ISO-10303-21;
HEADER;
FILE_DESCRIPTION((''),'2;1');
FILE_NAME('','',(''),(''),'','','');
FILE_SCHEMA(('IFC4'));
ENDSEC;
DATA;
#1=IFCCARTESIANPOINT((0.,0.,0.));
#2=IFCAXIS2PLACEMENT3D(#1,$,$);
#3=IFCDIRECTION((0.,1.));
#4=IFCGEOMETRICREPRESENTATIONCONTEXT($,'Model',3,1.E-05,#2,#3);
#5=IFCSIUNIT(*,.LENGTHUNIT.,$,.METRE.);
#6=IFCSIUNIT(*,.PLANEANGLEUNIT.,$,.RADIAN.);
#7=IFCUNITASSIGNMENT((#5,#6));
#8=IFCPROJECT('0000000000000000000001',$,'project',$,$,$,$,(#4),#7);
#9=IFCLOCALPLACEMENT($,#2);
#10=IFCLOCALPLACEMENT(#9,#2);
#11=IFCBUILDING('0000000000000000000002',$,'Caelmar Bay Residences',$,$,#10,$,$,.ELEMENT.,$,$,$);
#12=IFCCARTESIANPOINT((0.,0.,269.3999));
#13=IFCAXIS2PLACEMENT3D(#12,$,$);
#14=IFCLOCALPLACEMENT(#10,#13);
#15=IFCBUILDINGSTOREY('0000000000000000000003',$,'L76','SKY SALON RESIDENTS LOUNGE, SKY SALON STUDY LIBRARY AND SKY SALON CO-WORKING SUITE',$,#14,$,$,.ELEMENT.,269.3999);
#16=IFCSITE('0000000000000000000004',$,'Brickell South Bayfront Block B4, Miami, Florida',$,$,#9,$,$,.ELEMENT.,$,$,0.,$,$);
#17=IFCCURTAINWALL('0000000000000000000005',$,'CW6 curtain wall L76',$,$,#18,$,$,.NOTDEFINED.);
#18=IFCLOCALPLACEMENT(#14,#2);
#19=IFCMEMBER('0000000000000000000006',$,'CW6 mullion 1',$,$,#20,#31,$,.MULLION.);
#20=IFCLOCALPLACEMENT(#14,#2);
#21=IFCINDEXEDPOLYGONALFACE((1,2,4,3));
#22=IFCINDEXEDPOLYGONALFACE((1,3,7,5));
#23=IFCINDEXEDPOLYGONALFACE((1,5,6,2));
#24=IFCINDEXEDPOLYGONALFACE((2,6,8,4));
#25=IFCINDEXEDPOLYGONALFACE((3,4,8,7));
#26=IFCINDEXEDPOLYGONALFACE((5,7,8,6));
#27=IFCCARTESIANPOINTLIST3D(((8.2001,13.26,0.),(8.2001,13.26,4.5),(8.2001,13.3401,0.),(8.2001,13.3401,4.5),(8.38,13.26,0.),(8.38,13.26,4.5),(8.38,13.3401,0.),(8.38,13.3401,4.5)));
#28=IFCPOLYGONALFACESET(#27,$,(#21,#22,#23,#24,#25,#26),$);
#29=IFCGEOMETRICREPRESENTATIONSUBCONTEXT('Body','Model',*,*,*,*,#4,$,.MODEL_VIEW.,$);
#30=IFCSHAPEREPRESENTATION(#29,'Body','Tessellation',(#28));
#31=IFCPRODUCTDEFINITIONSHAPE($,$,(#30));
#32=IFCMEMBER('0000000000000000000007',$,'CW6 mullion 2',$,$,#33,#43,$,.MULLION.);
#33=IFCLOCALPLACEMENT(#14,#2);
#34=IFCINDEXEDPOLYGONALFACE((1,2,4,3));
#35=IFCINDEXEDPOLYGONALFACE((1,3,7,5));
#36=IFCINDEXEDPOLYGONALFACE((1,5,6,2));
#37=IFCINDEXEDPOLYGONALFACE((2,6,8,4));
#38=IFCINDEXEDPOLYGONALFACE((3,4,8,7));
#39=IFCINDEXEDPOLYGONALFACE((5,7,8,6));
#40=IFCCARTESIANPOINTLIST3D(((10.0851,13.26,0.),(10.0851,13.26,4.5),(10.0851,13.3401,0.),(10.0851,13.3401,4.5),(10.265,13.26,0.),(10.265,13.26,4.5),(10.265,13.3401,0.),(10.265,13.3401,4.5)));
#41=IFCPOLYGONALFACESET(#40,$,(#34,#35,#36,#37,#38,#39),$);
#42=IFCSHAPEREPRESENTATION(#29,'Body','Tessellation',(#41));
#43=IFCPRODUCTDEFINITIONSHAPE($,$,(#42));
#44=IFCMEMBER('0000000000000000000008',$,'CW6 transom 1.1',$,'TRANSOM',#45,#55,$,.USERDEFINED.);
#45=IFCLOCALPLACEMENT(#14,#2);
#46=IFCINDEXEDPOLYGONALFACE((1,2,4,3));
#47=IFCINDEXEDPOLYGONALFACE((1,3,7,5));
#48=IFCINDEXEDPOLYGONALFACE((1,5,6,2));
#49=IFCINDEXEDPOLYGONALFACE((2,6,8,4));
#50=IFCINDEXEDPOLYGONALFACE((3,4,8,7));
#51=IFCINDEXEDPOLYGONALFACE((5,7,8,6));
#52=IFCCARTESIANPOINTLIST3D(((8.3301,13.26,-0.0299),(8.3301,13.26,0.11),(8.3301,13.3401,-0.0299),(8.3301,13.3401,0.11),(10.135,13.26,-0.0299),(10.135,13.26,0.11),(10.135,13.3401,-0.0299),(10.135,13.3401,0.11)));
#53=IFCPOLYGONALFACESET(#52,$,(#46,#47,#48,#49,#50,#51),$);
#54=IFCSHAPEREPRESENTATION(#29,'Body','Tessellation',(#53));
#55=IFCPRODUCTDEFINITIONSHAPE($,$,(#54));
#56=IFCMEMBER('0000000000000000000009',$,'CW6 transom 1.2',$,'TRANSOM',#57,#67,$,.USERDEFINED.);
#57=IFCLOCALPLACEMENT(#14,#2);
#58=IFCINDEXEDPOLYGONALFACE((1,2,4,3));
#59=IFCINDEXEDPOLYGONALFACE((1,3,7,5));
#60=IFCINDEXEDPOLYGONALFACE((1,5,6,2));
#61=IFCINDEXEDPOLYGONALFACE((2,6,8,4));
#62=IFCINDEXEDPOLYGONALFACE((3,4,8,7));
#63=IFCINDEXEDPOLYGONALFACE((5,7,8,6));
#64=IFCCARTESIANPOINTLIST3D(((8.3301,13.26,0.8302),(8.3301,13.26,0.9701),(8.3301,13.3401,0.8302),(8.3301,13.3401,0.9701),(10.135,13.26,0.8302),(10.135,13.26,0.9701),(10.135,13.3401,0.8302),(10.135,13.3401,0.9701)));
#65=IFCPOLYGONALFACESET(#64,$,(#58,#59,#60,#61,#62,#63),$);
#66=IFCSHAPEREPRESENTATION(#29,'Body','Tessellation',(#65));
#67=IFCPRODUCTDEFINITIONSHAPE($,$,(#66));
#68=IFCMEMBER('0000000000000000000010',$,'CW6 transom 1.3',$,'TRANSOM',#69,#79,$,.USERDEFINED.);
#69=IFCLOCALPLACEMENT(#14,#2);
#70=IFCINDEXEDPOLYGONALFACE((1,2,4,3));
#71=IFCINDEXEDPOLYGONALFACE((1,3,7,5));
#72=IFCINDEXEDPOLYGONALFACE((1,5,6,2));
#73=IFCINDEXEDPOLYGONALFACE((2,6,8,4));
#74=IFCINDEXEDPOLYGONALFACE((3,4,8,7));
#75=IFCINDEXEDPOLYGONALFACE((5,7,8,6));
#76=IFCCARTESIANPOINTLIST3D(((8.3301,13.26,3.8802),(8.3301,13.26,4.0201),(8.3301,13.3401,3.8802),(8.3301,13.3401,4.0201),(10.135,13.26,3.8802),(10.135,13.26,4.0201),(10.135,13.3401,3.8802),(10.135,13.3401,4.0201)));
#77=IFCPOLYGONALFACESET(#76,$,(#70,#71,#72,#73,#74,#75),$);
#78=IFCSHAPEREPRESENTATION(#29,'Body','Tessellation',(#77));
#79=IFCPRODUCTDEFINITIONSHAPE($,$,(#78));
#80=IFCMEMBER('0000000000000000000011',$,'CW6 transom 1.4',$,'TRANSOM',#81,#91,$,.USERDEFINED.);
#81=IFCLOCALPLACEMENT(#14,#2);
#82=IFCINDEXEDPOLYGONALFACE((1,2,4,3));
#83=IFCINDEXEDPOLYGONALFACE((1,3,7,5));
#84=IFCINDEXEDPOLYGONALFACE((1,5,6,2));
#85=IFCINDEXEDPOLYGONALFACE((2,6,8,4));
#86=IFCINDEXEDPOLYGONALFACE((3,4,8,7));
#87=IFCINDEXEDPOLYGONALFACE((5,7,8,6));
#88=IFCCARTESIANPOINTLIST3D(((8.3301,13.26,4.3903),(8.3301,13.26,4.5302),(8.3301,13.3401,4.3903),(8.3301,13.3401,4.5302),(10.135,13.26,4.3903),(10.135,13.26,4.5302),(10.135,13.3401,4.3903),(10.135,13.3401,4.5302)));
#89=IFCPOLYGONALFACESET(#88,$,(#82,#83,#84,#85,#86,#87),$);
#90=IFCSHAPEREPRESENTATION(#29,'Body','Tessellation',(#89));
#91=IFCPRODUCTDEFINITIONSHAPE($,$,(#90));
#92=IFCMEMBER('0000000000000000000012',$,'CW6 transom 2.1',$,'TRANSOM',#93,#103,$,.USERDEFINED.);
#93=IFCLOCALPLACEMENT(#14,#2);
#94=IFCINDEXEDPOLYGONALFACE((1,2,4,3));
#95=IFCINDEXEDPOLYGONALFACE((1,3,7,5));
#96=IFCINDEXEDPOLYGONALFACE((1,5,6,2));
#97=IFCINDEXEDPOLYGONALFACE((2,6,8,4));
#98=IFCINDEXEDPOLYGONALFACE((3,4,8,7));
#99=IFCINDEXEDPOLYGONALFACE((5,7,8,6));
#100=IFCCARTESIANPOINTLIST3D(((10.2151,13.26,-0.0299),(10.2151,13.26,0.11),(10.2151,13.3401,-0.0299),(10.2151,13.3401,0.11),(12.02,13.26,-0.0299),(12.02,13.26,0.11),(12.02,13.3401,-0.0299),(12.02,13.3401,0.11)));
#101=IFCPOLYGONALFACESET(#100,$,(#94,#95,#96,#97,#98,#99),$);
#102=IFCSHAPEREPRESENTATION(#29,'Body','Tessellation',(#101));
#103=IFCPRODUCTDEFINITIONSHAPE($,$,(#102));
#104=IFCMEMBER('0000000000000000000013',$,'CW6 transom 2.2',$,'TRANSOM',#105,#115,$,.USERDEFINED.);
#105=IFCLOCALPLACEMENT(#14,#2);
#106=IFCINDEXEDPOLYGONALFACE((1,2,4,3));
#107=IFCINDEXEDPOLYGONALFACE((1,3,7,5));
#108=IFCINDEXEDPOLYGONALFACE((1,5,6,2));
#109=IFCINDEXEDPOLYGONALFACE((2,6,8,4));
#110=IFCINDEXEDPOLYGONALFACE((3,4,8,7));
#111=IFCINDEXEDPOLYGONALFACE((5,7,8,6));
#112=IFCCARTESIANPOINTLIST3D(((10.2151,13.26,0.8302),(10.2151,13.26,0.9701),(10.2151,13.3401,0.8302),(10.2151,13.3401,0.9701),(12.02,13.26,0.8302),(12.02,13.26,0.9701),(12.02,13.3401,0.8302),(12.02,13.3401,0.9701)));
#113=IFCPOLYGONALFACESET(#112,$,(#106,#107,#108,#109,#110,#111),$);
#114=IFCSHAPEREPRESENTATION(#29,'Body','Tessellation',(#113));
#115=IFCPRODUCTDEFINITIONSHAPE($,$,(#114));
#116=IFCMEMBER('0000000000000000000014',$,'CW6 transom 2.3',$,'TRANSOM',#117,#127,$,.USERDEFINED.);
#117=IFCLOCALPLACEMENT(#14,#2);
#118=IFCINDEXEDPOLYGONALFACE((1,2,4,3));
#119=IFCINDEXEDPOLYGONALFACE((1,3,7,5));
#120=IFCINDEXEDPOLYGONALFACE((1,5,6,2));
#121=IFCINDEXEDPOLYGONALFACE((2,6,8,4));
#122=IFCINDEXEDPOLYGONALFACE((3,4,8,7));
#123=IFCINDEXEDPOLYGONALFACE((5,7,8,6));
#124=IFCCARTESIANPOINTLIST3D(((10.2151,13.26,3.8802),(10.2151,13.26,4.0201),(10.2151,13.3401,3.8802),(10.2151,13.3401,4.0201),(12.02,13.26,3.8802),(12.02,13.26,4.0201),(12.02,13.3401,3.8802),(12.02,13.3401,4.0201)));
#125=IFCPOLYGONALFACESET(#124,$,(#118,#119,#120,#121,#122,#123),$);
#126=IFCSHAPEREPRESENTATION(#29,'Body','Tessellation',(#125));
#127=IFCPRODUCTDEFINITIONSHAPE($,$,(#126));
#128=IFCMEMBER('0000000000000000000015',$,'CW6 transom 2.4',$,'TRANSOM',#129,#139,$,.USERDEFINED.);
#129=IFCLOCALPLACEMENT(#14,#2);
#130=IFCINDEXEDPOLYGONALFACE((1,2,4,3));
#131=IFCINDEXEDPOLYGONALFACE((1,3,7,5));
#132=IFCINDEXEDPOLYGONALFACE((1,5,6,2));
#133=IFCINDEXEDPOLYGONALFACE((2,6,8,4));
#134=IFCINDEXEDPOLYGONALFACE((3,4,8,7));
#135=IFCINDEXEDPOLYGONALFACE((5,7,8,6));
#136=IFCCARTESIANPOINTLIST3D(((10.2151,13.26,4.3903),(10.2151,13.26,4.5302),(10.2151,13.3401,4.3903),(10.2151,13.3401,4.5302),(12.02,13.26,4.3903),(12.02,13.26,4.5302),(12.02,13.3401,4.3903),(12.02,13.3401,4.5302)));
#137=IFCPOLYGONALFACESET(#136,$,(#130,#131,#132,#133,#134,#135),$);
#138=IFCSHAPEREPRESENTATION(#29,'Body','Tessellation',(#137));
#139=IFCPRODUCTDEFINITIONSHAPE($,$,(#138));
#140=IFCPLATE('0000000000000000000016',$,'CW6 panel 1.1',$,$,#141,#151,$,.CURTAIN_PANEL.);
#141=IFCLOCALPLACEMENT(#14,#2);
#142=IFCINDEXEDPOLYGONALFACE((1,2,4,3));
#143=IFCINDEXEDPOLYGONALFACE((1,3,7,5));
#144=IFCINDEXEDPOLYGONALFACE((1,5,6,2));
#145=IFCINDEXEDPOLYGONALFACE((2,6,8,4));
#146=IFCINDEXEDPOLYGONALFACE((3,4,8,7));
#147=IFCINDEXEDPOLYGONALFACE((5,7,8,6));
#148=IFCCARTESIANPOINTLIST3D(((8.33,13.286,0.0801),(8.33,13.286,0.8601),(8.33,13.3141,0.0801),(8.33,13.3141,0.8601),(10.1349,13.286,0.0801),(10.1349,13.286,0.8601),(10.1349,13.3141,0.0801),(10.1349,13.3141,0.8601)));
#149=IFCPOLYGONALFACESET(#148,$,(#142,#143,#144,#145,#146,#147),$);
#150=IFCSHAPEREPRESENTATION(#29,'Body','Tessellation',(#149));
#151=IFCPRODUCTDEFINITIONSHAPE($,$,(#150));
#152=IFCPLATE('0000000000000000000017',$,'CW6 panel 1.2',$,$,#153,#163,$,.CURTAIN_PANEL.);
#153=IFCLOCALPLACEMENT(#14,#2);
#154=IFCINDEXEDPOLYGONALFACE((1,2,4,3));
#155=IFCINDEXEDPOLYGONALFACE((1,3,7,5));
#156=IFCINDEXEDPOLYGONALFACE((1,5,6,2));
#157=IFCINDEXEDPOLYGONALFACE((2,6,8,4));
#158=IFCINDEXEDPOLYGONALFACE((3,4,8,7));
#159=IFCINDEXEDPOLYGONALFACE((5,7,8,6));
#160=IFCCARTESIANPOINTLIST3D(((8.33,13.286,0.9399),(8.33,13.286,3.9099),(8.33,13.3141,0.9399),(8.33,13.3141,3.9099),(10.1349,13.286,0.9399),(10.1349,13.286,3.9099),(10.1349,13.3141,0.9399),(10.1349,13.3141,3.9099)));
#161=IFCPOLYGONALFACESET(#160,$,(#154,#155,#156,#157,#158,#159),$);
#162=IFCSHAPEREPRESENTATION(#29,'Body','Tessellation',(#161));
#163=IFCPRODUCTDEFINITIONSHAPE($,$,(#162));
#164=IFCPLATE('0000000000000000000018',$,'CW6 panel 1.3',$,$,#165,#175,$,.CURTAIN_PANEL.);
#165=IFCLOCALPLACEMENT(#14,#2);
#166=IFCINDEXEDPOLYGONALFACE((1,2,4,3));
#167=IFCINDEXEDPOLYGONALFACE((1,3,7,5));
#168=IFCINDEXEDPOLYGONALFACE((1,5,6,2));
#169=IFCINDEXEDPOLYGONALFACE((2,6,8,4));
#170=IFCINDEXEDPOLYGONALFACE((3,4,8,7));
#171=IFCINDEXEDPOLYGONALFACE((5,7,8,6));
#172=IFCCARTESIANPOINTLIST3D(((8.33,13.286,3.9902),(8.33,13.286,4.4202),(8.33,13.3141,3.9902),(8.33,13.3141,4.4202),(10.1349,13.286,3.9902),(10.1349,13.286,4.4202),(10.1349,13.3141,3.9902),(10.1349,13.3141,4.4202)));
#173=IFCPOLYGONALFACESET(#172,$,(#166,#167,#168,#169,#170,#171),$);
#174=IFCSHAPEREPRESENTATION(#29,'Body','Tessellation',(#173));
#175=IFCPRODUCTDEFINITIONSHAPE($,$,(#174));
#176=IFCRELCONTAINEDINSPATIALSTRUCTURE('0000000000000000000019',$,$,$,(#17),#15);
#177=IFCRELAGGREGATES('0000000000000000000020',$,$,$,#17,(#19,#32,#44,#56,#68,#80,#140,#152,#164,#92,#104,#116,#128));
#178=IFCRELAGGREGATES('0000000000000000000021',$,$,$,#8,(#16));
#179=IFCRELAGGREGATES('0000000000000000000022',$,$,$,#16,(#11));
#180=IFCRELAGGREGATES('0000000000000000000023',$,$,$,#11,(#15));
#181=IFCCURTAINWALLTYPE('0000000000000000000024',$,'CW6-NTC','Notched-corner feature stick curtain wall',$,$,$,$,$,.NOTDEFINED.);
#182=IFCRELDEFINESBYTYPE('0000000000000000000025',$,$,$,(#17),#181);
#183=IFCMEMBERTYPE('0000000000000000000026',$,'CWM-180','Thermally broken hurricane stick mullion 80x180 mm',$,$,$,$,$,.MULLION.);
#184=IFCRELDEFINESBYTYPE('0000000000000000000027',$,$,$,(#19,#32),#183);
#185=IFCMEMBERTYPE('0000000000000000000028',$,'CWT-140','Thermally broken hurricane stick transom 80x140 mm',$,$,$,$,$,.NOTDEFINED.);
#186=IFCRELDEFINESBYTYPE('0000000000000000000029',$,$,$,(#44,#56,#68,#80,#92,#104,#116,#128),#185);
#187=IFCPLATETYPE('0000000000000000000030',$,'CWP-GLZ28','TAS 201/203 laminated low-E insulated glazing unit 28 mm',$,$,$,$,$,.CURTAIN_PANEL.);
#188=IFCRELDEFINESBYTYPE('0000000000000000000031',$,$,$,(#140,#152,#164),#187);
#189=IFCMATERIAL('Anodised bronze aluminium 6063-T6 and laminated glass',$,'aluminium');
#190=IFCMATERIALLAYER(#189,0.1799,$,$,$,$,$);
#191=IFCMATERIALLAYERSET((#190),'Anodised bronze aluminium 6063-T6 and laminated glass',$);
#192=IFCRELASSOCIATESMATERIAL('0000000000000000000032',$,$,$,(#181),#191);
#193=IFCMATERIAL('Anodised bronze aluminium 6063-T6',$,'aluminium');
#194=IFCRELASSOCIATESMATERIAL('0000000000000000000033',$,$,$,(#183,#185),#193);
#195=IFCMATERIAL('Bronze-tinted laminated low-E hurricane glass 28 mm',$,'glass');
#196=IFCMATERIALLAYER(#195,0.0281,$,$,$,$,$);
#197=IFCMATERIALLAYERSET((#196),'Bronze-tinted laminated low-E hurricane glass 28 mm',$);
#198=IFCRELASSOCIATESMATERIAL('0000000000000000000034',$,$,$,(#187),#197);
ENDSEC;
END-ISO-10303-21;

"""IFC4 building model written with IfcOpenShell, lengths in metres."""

from ifc_helpers import new_model, si_unit, direction, frame, origin, origin_2d, place, context, subcontext, project, spatial, rectangle, extrude, material, layer, layer_set, material_profile, profile_set, type_object, element, aggregate, save


model = new_model("IFC4")

# Units and contexts
model_context = context("Model", 3, precision=1e-05, world=origin(), true_north=direction((0.0, 1.0)))
body_context = subcontext(model_context, "Body", "Model", "MODEL_VIEW")
ifc_project = project(units=[si_unit("LENGTHUNIT", "METRE"), si_unit("PLANEANGLEUNIT", "RADIAN")], contexts=[model_context])

# Site, building, storey
site_placement = place(None, origin())
site = spatial("IfcSite", under=ifc_project, at=site_placement, Name="Brickell South Bayfront Block B4, Miami, Florida", CompositionType="ELEMENT", RefElevation=0.0)
building_placement = place(site_placement, origin())
building = spatial("IfcBuilding", under=site, at=building_placement, Name="Caelmar Bay Residences", CompositionType="ELEMENT")
storey_placement = place(building_placement, frame((0.0, 0.0, 269.3999)))
storey = spatial("IfcBuildingStorey", under=building, at=storey_placement, Name="L76", Description="SKY SALON RESIDENTS LOUNGE, SKY SALON STUDY LIBRARY AND SKY SALON CO-WORKING SUITE", CompositionType="ELEMENT", Elevation=269.3999)

# Curtain wall, members, plates
ifc_material_1 = material(Name="Anodised bronze aluminium 6063-T6 and laminated glass", Category="aluminium")
ifc_layer_1 = layer(ifc_material_1, 0.1799)
ifc_layer_set_1 = layer_set([ifc_layer_1], Name="Anodised bronze aluminium 6063-T6 and laminated glass")
curtain_wall_type = type_object("IfcCurtainWallType", Name="CW6-NTC", Description="Notched-corner feature stick curtain wall", PredefinedType="NOTDEFINED", material=ifc_layer_set_1)
curtain_wall_placement = place(storey_placement, origin())
curtain_wall = element("IfcCurtainWall", 1, at=curtain_wall_placement, inside=storey, type_object=curtain_wall_type, Name="CW6 curtain wall L76", PredefinedType="NOTDEFINED")
ifc_material_2 = material(Name="Anodised bronze aluminium 6063-T6", Category="aluminium")
ifc_material_profile_1 = material_profile(ifc_material_2, rectangle(XDim=0.0801, YDim=0.1799, at=origin_2d()), Name="CWM-80X180")
ifc_profile_set_1 = profile_set([ifc_material_profile_1], Name="Anodised bronze aluminium 6063-T6")
member_type_1 = type_object("IfcMemberType", Name="CWM-180", Description="Thermally broken hurricane stick mullion 80x180 mm", PredefinedType="MULLION", material=ifc_profile_set_1)
member_1_placement = place(storey_placement, frame((8.29, 13.3, 0.0), z_axis=(0.0, 0.0, 1.0), x_axis=(0.0, 1.0, 0.0)))
member_1 = element("IfcMember", 2, at=member_1_placement, type_object=member_type_1, Name="CW6 mullion 1", PredefinedType="MULLION", context=body_context, shape_type="SweptSolid", body=[
    extrude(rectangle(XDim=0.0801, YDim=0.1799, at=origin_2d()), origin(), (0.0, 0.0, 1.0), 4.5),
])
member_2_placement = place(storey_placement, frame((10.175, 13.3, 0.0), z_axis=(0.0, 0.0, 1.0), x_axis=(0.0, 1.0, 0.0)))
member_2 = element("IfcMember", 3, at=member_2_placement, type_object=member_type_1, Name="CW6 mullion 2", PredefinedType="MULLION", context=body_context, shape_type="SweptSolid", body=[
    extrude(rectangle(XDim=0.0801, YDim=0.1799, at=origin_2d()), origin(), (0.0, 0.0, 1.0), 4.5),
])
ifc_material_profile_2 = material_profile(ifc_material_2, rectangle(XDim=0.0801, YDim=0.1399, at=origin_2d()), Name="CWT-80X140")
ifc_profile_set_2 = profile_set([ifc_material_profile_2], Name="Anodised bronze aluminium 6063-T6")
member_type_2 = type_object("IfcMemberType", Name="CWT-140", Description="Thermally broken hurricane stick transom 80x140 mm", PredefinedType="NOTDEFINED", material=ifc_profile_set_2)
member_3_placement = place(storey_placement, frame((8.3301, 13.3, 0.04), z_axis=(1.0, 0.0, 0.0), x_axis=(0.0, 1.0, 0.0)))
member_3 = element("IfcMember", 4, at=member_3_placement, type_object=member_type_2, Name="CW6 transom 1.1", ObjectType="TRANSOM", PredefinedType="USERDEFINED", context=body_context, shape_type="SweptSolid", body=[
    extrude(rectangle(XDim=0.0801, YDim=0.1399, at=origin_2d()), origin(), (0.0, 0.0, 1.0), 1.8049),
])
member_4_placement = place(storey_placement, frame((8.3301, 13.3, 0.9001), z_axis=(1.0, 0.0, 0.0), x_axis=(0.0, 1.0, 0.0)))
member_4 = element("IfcMember", 5, at=member_4_placement, type_object=member_type_2, Name="CW6 transom 1.2", ObjectType="TRANSOM", PredefinedType="USERDEFINED", context=body_context, shape_type="SweptSolid", body=[
    extrude(rectangle(XDim=0.0801, YDim=0.1399, at=origin_2d()), origin(), (0.0, 0.0, 1.0), 1.8049),
])
member_5_placement = place(storey_placement, frame((8.3301, 13.3, 3.9502), z_axis=(1.0, 0.0, 0.0), x_axis=(0.0, 1.0, 0.0)))
member_5 = element("IfcMember", 6, at=member_5_placement, type_object=member_type_2, Name="CW6 transom 1.3", ObjectType="TRANSOM", PredefinedType="USERDEFINED", context=body_context, shape_type="SweptSolid", body=[
    extrude(rectangle(XDim=0.0801, YDim=0.1399, at=origin_2d()), origin(), (0.0, 0.0, 1.0), 1.8049),
])
member_6_placement = place(storey_placement, frame((8.3301, 13.3, 4.4602), z_axis=(1.0, 0.0, 0.0), x_axis=(0.0, 1.0, 0.0)))
member_6 = element("IfcMember", 7, at=member_6_placement, type_object=member_type_2, Name="CW6 transom 1.4", ObjectType="TRANSOM", PredefinedType="USERDEFINED", context=body_context, shape_type="SweptSolid", body=[
    extrude(rectangle(XDim=0.0801, YDim=0.1399, at=origin_2d()), origin(), (0.0, 0.0, 1.0), 1.8049),
])
member_7_placement = place(storey_placement, frame((10.2151, 13.3, 0.04), z_axis=(1.0, 0.0, 0.0), x_axis=(0.0, 1.0, 0.0)))
member_7 = element("IfcMember", 8, at=member_7_placement, type_object=member_type_2, Name="CW6 transom 2.1", ObjectType="TRANSOM", PredefinedType="USERDEFINED", context=body_context, shape_type="SweptSolid", body=[
    extrude(rectangle(XDim=0.0801, YDim=0.1399, at=origin_2d()), origin(), (0.0, 0.0, 1.0), 1.8049),
])
member_8_placement = place(storey_placement, frame((10.2151, 13.3, 0.9001), z_axis=(1.0, 0.0, 0.0), x_axis=(0.0, 1.0, 0.0)))
member_8 = element("IfcMember", 9, at=member_8_placement, type_object=member_type_2, Name="CW6 transom 2.2", ObjectType="TRANSOM", PredefinedType="USERDEFINED", context=body_context, shape_type="SweptSolid", body=[
    extrude(rectangle(XDim=0.0801, YDim=0.1399, at=origin_2d()), origin(), (0.0, 0.0, 1.0), 1.8049),
])
member_9_placement = place(storey_placement, frame((10.2151, 13.3, 3.9502), z_axis=(1.0, 0.0, 0.0), x_axis=(0.0, 1.0, 0.0)))
member_9 = element("IfcMember", 10, at=member_9_placement, type_object=member_type_2, Name="CW6 transom 2.3", ObjectType="TRANSOM", PredefinedType="USERDEFINED", context=body_context, shape_type="SweptSolid", body=[
    extrude(rectangle(XDim=0.0801, YDim=0.1399, at=origin_2d()), origin(), (0.0, 0.0, 1.0), 1.8049),
])
member_10_placement = place(storey_placement, frame((10.2151, 13.3, 4.4602), z_axis=(1.0, 0.0, 0.0), x_axis=(0.0, 1.0, 0.0)))
member_10 = element("IfcMember", 11, at=member_10_placement, type_object=member_type_2, Name="CW6 transom 2.4", ObjectType="TRANSOM", PredefinedType="USERDEFINED", context=body_context, shape_type="SweptSolid", body=[
    extrude(rectangle(XDim=0.0801, YDim=0.1399, at=origin_2d()), origin(), (0.0, 0.0, 1.0), 1.8049),
])
ifc_material_3 = material(Name="Bronze-tinted laminated low-E hurricane glass 28 mm", Category="glass")
ifc_layer_2 = layer(ifc_material_3, 0.0281)
ifc_layer_set_2 = layer_set([ifc_layer_2], Name="Bronze-tinted laminated low-E hurricane glass 28 mm")
plate_type = type_object("IfcPlateType", Name="CWP-GLZ28", Description="TAS 201/203 laminated low-E insulated glazing unit 28 mm", PredefinedType="CURTAIN_PANEL", material=ifc_layer_set_2)
plate_1_placement = place(storey_placement, frame((9.2324, 13.3, 0.0801), z_axis=(0.0, 0.0, 1.0), x_axis=(1.0, 0.0, 0.0)))
plate_1 = element("IfcPlate", 12, at=plate_1_placement, type_object=plate_type, Name="CW6 panel 1.1", PredefinedType="CURTAIN_PANEL", context=body_context, shape_type="SweptSolid", body=[
    extrude(rectangle(XDim=1.8049, YDim=0.0281, at=origin_2d()), origin(), (0.0, 0.0, 1.0), 0.78),
])
plate_2_placement = place(storey_placement, frame((9.2324, 13.3, 0.9399), z_axis=(0.0, 0.0, 1.0), x_axis=(1.0, 0.0, 0.0)))
plate_2 = element("IfcPlate", 13, at=plate_2_placement, type_object=plate_type, Name="CW6 panel 1.2", PredefinedType="CURTAIN_PANEL", context=body_context, shape_type="SweptSolid", body=[
    extrude(rectangle(XDim=1.8049, YDim=0.0281, at=origin_2d()), origin(), (0.0, 0.0, 1.0), 2.97),
])
plate_3_placement = place(storey_placement, frame((9.2324, 13.3, 3.9902), z_axis=(0.0, 0.0, 1.0), x_axis=(1.0, 0.0, 0.0)))
plate_3 = element("IfcPlate", 14, at=plate_3_placement, type_object=plate_type, Name="CW6 panel 1.3", PredefinedType="CURTAIN_PANEL", context=body_context, shape_type="SweptSolid", body=[
    extrude(rectangle(XDim=1.8049, YDim=0.0281, at=origin_2d()), origin(), (0.0, 0.0, 1.0), 0.4299),
])
aggregate(curtain_wall, [member_1, member_2, member_3, member_4, member_5, member_6, plate_1, plate_2, plate_3, member_7, member_8, member_9, member_10])

save(model, "model.ifc")
